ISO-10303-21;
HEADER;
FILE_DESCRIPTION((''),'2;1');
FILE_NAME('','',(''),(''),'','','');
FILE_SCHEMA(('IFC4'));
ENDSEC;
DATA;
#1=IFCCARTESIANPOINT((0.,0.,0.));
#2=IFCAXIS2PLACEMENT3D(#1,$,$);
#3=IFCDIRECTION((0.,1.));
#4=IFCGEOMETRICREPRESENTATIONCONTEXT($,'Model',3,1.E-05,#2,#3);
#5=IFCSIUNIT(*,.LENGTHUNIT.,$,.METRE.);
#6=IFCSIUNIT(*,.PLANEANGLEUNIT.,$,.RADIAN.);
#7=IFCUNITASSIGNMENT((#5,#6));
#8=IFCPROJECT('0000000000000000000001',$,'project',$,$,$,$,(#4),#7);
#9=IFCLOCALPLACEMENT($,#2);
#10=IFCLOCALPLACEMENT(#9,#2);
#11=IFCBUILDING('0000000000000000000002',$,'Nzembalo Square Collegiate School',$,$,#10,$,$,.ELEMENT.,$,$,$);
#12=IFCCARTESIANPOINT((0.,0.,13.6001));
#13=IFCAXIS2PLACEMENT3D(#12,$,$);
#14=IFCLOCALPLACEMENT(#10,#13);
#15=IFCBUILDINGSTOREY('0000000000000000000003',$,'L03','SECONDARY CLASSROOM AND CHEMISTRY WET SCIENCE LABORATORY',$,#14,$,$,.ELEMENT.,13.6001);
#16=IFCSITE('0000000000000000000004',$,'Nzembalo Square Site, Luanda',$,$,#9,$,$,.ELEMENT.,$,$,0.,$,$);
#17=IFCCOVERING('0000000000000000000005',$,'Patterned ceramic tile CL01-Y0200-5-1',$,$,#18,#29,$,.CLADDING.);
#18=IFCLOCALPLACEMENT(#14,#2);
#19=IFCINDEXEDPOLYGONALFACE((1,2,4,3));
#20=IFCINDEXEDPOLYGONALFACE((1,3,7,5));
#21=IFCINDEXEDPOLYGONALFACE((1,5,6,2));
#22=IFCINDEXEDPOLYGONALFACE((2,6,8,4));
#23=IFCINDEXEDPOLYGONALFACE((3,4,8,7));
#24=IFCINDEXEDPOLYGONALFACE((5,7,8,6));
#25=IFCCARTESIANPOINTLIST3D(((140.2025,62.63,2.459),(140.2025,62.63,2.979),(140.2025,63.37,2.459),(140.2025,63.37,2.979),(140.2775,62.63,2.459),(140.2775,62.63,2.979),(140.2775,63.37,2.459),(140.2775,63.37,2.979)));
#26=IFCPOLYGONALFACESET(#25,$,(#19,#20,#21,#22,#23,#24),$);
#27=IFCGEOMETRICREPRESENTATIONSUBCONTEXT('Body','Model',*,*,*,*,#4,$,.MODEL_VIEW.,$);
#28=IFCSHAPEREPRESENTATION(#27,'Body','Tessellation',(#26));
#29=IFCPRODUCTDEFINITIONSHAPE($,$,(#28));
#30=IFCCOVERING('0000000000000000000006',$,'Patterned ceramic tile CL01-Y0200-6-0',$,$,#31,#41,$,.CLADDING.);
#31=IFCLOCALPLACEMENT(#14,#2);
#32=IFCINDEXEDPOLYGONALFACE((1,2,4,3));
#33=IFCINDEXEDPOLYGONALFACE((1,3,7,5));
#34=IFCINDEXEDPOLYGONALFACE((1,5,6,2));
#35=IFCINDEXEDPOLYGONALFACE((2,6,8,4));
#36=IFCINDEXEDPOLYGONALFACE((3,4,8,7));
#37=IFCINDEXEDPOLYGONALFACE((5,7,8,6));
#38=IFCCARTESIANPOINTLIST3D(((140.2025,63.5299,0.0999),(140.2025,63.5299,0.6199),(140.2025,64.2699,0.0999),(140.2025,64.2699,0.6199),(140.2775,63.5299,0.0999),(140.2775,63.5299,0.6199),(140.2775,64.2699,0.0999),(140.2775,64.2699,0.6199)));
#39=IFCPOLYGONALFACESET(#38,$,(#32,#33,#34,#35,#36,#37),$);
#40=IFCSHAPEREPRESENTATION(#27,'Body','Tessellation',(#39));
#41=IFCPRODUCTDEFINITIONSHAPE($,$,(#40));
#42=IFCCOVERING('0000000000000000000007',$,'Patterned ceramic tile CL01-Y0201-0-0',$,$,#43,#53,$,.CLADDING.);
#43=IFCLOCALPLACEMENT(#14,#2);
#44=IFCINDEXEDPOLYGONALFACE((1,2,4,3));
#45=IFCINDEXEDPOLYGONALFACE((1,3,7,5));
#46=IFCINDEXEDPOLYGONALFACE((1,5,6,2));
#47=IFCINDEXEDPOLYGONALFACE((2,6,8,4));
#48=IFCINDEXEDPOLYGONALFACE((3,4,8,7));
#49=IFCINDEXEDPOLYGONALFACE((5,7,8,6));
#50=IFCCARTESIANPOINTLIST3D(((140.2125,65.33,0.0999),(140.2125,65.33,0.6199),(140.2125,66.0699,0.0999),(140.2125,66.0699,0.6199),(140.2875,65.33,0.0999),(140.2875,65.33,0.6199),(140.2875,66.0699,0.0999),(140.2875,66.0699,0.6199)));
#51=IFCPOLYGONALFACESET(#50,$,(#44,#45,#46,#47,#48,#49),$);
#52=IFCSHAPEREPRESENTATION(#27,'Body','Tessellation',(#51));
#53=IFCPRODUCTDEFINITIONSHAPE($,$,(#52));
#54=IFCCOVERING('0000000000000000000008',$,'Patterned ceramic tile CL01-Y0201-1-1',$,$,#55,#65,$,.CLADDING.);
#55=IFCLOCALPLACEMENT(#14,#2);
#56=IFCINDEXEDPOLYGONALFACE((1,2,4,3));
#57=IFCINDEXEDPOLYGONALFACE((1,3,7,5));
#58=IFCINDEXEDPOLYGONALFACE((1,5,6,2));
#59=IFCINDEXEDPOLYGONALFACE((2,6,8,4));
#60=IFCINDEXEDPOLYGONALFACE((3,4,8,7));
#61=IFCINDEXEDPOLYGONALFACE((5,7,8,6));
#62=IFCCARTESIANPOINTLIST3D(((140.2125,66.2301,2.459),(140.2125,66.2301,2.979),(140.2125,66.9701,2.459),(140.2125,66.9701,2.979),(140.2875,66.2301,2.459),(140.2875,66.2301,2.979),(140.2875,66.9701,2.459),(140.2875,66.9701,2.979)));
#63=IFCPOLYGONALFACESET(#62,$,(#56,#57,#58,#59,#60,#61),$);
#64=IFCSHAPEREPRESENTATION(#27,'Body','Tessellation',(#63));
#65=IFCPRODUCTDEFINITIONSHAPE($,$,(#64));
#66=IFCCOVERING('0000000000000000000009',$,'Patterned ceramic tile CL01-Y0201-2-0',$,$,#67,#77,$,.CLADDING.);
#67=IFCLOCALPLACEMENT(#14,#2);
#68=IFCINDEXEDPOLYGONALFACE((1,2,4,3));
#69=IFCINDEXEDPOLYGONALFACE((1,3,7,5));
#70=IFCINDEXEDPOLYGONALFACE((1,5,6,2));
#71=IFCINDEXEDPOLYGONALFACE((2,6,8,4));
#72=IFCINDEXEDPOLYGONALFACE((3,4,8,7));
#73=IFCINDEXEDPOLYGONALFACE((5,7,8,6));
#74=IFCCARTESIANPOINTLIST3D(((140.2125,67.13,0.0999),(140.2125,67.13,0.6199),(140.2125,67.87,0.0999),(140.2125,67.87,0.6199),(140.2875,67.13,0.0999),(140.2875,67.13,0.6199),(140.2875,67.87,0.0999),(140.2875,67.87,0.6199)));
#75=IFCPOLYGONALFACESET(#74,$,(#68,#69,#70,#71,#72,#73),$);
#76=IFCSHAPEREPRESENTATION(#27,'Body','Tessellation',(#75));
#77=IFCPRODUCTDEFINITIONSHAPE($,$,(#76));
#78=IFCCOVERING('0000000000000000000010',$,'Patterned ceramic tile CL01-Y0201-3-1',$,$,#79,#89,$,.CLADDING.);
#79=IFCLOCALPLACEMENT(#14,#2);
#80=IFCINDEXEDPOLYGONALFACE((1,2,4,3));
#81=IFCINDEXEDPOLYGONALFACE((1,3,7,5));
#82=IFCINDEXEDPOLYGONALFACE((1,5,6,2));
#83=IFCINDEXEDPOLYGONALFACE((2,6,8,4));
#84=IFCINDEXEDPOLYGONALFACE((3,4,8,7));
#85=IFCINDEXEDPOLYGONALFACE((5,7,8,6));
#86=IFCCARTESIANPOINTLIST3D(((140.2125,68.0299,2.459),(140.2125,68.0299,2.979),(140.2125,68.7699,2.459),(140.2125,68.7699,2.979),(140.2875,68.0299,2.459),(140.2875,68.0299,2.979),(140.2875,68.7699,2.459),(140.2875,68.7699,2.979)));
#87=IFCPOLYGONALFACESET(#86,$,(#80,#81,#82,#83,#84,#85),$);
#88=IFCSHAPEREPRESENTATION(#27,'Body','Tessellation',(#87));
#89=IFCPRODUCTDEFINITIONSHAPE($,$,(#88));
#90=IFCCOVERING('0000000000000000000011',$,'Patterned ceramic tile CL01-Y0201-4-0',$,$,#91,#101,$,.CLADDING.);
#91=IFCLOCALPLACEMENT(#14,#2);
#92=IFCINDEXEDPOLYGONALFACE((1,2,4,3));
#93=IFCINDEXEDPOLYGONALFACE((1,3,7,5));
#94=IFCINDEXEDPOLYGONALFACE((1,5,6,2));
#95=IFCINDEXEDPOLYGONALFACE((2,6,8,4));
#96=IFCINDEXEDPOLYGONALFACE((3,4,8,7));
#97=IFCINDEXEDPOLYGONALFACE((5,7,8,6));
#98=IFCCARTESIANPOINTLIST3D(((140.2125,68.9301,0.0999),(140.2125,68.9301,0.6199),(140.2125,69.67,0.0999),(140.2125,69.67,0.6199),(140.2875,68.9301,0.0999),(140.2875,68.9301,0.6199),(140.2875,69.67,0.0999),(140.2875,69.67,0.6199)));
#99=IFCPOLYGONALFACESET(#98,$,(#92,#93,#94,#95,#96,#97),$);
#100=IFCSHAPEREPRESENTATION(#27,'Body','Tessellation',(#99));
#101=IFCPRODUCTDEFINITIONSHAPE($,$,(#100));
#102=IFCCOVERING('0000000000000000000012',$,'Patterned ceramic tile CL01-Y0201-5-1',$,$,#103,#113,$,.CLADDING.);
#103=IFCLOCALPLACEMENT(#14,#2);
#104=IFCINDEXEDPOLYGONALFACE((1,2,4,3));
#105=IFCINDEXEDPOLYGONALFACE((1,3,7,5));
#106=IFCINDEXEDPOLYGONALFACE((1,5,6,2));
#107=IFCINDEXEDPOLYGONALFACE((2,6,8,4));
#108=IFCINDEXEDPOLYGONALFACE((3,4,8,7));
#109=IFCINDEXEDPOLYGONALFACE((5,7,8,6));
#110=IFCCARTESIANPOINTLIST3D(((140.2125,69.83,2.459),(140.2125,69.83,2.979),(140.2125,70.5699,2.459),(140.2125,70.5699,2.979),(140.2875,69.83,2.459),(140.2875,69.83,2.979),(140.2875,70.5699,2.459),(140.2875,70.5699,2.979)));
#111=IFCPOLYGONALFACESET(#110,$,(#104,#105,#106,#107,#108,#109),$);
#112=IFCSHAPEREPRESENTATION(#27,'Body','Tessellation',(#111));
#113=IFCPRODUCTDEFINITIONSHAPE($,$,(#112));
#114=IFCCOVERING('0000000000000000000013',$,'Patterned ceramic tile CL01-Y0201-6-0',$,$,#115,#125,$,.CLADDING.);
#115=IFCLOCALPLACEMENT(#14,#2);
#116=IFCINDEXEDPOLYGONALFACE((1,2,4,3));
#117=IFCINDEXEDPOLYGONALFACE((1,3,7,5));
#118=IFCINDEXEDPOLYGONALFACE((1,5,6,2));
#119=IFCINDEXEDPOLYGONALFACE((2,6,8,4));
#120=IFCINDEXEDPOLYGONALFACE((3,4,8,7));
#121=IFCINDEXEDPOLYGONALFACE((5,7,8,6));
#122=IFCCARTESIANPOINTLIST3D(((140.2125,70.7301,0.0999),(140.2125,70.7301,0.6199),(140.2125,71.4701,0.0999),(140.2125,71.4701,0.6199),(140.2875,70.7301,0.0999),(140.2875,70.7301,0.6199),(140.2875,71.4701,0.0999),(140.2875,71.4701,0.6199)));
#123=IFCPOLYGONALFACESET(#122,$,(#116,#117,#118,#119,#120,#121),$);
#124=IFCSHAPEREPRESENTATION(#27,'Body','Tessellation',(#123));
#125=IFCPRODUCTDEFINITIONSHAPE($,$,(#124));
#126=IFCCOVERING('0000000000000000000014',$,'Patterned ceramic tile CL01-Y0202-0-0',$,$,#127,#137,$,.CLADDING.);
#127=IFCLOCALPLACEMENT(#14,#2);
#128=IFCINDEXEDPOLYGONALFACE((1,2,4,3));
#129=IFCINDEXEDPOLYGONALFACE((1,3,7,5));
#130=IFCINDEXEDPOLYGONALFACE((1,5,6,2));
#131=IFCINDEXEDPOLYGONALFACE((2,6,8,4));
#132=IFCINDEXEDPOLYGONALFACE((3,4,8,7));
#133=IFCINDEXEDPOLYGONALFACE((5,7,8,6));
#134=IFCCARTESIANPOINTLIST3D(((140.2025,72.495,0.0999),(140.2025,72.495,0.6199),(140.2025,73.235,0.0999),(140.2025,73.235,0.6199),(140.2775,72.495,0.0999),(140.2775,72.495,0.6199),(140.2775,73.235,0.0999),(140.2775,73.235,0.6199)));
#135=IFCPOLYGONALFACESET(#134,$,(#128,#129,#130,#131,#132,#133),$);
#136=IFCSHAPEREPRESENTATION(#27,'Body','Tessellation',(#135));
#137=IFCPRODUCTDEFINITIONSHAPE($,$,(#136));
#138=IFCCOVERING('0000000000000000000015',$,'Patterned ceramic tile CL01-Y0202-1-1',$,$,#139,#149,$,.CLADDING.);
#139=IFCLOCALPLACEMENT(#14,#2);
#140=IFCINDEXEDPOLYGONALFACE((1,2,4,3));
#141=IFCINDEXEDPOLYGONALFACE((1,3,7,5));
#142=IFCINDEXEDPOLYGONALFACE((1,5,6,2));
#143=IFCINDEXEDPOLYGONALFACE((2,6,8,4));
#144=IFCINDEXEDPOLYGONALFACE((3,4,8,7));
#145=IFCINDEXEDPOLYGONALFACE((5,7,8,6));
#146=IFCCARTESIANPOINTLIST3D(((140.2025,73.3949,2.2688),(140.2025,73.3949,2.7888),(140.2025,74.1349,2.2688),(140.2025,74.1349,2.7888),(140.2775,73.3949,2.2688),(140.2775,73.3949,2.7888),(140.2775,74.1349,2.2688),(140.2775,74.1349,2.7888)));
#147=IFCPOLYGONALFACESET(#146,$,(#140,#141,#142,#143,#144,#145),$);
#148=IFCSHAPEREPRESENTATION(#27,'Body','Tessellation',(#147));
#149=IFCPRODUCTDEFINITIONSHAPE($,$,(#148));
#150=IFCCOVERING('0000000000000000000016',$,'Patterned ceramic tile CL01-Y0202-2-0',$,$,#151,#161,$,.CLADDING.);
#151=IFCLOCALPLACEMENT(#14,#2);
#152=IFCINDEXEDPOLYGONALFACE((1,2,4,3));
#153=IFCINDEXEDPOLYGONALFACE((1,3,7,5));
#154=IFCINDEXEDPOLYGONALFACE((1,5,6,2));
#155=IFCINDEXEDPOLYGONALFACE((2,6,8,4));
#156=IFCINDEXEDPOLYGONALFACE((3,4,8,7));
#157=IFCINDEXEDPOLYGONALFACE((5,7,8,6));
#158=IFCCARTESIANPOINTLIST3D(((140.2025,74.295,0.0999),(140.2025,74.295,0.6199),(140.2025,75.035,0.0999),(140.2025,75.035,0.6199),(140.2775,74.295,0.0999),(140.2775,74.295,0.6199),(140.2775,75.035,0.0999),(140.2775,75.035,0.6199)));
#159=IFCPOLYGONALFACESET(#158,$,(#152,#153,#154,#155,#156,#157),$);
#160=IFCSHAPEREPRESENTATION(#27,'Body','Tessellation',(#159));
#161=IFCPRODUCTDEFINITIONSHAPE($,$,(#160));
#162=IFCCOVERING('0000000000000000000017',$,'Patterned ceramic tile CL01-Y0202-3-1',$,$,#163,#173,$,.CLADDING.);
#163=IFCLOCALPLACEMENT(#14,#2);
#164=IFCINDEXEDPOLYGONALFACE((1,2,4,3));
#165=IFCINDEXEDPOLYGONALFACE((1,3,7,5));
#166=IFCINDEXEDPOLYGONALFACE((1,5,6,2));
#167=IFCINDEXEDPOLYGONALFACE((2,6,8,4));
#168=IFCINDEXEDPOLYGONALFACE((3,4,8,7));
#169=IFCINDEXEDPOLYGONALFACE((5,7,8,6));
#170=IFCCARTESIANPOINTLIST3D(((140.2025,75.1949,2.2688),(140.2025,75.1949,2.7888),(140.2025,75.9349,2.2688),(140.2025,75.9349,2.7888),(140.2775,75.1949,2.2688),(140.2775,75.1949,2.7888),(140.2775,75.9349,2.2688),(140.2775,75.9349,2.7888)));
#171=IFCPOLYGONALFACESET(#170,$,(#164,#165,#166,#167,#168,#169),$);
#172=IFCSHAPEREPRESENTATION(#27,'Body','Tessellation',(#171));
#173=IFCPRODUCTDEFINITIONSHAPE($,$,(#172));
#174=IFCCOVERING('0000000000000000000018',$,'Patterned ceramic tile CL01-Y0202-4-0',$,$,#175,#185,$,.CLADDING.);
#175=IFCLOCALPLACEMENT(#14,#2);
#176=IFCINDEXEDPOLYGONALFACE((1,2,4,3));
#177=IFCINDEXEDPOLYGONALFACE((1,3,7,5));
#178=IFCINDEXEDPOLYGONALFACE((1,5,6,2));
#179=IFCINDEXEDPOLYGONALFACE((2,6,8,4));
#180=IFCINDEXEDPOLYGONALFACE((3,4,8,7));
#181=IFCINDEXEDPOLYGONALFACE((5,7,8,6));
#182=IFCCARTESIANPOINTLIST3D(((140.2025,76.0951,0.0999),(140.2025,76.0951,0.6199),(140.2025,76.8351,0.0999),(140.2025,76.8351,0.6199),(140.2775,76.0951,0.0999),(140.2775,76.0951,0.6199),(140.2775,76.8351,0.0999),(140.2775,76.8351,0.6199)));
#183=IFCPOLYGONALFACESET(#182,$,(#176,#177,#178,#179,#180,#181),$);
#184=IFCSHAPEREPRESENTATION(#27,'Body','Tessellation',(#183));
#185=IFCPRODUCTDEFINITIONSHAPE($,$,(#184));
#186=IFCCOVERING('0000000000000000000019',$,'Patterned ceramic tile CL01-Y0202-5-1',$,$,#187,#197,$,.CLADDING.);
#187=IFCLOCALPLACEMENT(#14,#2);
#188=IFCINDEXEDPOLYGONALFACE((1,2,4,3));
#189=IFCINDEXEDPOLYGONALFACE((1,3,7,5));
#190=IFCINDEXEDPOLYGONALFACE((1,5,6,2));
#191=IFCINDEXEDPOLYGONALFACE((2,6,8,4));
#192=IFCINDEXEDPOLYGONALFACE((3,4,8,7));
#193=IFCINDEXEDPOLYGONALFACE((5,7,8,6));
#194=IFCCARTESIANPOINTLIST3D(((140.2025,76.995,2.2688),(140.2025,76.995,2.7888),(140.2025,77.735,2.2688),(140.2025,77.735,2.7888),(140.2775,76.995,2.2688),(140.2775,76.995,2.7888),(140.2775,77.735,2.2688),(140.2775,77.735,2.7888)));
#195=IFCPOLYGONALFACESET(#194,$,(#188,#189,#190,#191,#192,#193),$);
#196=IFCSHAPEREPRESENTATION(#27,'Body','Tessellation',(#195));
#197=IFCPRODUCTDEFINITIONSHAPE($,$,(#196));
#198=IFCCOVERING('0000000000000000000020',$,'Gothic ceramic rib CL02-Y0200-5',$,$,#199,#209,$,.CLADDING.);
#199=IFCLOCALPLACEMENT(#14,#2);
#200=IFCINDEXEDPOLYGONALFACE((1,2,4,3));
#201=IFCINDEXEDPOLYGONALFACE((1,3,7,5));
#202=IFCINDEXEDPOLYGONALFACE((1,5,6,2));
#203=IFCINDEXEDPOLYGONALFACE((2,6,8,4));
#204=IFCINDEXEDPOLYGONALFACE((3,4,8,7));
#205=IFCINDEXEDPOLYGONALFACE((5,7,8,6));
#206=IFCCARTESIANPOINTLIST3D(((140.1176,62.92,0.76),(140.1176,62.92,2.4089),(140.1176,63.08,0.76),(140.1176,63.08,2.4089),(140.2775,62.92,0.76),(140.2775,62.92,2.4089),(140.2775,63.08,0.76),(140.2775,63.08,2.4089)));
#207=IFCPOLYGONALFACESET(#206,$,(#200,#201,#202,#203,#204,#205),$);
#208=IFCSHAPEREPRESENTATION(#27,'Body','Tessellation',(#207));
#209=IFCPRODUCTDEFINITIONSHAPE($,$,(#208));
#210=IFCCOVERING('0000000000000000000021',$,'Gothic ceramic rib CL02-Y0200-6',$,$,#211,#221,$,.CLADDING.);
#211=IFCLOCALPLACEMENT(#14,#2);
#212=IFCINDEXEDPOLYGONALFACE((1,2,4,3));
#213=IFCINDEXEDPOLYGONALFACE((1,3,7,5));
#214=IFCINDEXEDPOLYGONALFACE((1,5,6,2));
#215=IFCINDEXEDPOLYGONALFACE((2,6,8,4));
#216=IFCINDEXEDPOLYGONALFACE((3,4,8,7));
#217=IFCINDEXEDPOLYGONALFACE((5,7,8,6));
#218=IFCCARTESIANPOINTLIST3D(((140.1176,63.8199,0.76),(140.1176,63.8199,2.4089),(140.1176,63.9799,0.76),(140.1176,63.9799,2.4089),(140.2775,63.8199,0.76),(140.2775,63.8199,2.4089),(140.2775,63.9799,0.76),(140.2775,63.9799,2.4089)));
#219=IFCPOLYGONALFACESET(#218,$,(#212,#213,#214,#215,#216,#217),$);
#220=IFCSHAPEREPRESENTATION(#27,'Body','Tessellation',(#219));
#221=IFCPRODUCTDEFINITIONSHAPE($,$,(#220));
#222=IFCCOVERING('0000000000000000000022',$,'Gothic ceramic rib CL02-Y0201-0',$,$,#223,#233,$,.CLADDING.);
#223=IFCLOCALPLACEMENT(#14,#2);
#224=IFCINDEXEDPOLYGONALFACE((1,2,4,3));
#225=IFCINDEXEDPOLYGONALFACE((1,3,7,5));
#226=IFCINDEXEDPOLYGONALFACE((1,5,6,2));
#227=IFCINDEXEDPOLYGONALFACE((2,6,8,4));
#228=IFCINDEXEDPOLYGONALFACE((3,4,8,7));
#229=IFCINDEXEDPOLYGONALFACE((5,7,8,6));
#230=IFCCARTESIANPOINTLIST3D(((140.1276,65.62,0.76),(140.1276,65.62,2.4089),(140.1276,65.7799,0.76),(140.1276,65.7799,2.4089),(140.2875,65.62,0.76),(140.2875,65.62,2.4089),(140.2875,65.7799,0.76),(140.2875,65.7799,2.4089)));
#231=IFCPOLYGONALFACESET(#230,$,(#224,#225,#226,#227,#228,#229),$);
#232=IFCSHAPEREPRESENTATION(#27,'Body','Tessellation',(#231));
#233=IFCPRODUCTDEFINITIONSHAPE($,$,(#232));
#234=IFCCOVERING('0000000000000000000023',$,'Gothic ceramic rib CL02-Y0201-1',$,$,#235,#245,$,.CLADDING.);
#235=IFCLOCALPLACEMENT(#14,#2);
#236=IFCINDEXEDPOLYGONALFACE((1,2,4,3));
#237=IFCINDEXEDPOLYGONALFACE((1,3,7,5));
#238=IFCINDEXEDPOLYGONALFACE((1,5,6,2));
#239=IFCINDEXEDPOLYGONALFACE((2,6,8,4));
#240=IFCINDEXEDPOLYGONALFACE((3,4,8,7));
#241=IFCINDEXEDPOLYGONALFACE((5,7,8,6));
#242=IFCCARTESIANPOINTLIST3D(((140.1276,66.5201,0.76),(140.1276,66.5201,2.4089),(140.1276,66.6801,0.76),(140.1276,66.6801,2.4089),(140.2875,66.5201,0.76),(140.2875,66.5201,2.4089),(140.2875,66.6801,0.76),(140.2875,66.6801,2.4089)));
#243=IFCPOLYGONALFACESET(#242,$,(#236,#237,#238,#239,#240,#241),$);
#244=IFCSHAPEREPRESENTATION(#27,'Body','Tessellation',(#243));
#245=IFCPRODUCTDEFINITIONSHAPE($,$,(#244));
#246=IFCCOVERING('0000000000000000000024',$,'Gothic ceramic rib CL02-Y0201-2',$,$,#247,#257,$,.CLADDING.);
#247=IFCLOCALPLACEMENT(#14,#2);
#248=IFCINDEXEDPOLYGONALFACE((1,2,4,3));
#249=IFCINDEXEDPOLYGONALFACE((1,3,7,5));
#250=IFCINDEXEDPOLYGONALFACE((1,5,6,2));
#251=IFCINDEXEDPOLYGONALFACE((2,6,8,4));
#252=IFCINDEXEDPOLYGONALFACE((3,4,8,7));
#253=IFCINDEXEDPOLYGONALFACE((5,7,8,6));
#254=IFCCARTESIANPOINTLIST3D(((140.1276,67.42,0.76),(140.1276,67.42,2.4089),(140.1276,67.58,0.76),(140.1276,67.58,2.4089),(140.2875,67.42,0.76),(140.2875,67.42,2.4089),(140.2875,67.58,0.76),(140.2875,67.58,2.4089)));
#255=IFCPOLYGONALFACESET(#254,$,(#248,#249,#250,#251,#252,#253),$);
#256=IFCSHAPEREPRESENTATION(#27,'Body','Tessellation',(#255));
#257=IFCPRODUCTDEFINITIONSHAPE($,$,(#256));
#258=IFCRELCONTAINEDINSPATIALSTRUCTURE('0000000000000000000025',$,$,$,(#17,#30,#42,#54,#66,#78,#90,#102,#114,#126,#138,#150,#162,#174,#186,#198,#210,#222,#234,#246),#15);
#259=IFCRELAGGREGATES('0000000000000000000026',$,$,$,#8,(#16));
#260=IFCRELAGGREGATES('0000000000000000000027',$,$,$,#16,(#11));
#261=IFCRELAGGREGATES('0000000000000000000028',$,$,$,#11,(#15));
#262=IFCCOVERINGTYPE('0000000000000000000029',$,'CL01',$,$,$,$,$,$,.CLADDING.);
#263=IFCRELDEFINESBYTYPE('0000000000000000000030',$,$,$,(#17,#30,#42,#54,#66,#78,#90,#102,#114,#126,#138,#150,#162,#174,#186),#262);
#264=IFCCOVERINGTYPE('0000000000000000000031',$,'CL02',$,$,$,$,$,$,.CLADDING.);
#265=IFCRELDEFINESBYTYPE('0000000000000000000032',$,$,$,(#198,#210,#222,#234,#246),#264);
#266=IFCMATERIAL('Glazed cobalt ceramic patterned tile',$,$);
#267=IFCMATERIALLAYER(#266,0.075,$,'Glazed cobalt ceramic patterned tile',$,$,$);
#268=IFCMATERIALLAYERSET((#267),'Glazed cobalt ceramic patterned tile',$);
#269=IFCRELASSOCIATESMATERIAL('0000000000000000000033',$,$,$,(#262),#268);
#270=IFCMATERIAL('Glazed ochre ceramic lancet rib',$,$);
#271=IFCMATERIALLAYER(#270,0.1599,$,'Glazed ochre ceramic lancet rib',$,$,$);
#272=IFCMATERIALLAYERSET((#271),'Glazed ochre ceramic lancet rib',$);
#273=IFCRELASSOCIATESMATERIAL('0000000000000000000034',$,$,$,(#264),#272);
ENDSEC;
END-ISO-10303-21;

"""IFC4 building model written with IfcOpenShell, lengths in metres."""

from ifc_helpers import new_model, si_unit, direction, frame, origin, origin_2d, place, context, subcontext, project, spatial, rectangle, extrude, material, layer, layer_set, type_object, element, save


model = new_model("IFC4")

# Units and contexts
model_context = context("Model", 3, precision=1e-05, world=origin(), true_north=direction((0.0, 1.0)))
body_context = subcontext(model_context, "Body", "Model", "MODEL_VIEW")
ifc_project = project(units=[si_unit("LENGTHUNIT", "METRE"), si_unit("PLANEANGLEUNIT", "RADIAN")], contexts=[model_context])

# Site, building, storey
site_placement = place(None, origin())
site = spatial("IfcSite", under=ifc_project, at=site_placement, Name="Nzembalo Square Site, Luanda", CompositionType="ELEMENT", RefElevation=0.0)
building_placement = place(site_placement, origin())
building = spatial("IfcBuilding", under=site, at=building_placement, Name="Nzembalo Square Collegiate School", CompositionType="ELEMENT")
storey_placement = place(building_placement, frame((0.0, 0.0, 13.6001)))
storey = spatial("IfcBuildingStorey", under=building, at=storey_placement, Name="L03", Description="SECONDARY CLASSROOM AND CHEMISTRY WET SCIENCE LABORATORY", CompositionType="ELEMENT", Elevation=13.6001)

# Coverings
ifc_material_1 = material(Name="Glazed cobalt ceramic patterned tile")
ifc_layer_1 = layer(ifc_material_1, 0.075, Name="Glazed cobalt ceramic patterned tile")
ifc_layer_set_1 = layer_set([ifc_layer_1], Name="Glazed cobalt ceramic patterned tile")
covering_type_1 = type_object("IfcCoveringType", Name="CL01", PredefinedType="CLADDING", material=ifc_layer_set_1)
for number, where, z_axis, x_axis, name in (
    (1, (140.24, 63.0, 2.459), (0.0, 0.0, 1.0), (1.0, 0.0, 0.0), "Patterned ceramic tile CL01-Y0200-5-1"),
    (2, (140.24, 63.8999, 0.0999), (0.0, 0.0, 1.0), (1.0, 0.0, 0.0), "Patterned ceramic tile CL01-Y0200-6-0"),
    (3, (140.25, 65.7, 0.0999), (0.0, 0.0, 1.0), (1.0, 0.0, 0.0), "Patterned ceramic tile CL01-Y0201-0-0"),
    (4, (140.25, 66.6001, 2.459), (0.0, 0.0, 1.0), (1.0, 0.0, 0.0), "Patterned ceramic tile CL01-Y0201-1-1"),
    (5, (140.25, 67.5, 0.0999), (0.0, 0.0, 1.0), (1.0, 0.0, 0.0), "Patterned ceramic tile CL01-Y0201-2-0"),
    (6, (140.25, 68.3999, 2.459), (0.0, 0.0, 1.0), (1.0, 0.0, 0.0), "Patterned ceramic tile CL01-Y0201-3-1"),
    (7, (140.25, 69.3, 0.0999), (0.0, 0.0, 1.0), (1.0, 0.0, 0.0), "Patterned ceramic tile CL01-Y0201-4-0"),
    (8, (140.25, 70.2, 2.459), (0.0, 0.0, 1.0), (1.0, 0.0, 0.0), "Patterned ceramic tile CL01-Y0201-5-1"),
    (9, (140.25, 71.1001, 0.0999), (0.0, 0.0, 1.0), (1.0, 0.0, 0.0), "Patterned ceramic tile CL01-Y0201-6-0"),
    (10, (140.24, 72.865, 0.0999), (0.0, 0.0, 1.0), (1.0, 0.0, 0.0), "Patterned ceramic tile CL01-Y0202-0-0"),
    (11, (140.24, 73.7649, 2.2688), (0.0, 0.0, 1.0), (1.0, 0.0, 0.0), "Patterned ceramic tile CL01-Y0202-1-1"),
    (12, (140.24, 74.665, 0.0999), (0.0, 0.0, 1.0), (1.0, 0.0, 0.0), "Patterned ceramic tile CL01-Y0202-2-0"),
    (13, (140.24, 75.5649, 2.2688), (0.0, 0.0, 1.0), (1.0, 0.0, 0.0), "Patterned ceramic tile CL01-Y0202-3-1"),
    (14, (140.24, 76.4651, 0.0999), (0.0, 0.0, 1.0), (1.0, 0.0, 0.0), "Patterned ceramic tile CL01-Y0202-4-0"),
    (15, (140.24, 77.365, 2.2688), (0.0, 0.0, 1.0), (1.0, 0.0, 0.0), "Patterned ceramic tile CL01-Y0202-5-1"),
):
    element("IfcCovering", number, at=place(storey_placement, frame(where, z_axis=z_axis, x_axis=x_axis)), inside=storey, type_object=covering_type_1, Name=name, PredefinedType="CLADDING", context=body_context, shape_type="SweptSolid", body=[
        extrude(rectangle(XDim=0.075, YDim=0.74, at=origin_2d()), origin(), (0.0, 0.0, 1.0), 0.52),
    ])
ifc_material_2 = material(Name="Glazed ochre ceramic lancet rib")
ifc_layer_2 = layer(ifc_material_2, 0.1599, Name="Glazed ochre ceramic lancet rib")
ifc_layer_set_2 = layer_set([ifc_layer_2], Name="Glazed ochre ceramic lancet rib")
covering_type_2 = type_object("IfcCoveringType", Name="CL02", PredefinedType="CLADDING", material=ifc_layer_set_2)
for number, where, z_axis, x_axis, name in (
    (16, (140.1975, 63.0, 0.76), (0.0, 0.0, 1.0), (1.0, 0.0, 0.0), "Gothic ceramic rib CL02-Y0200-5"),
    (17, (140.1975, 63.8999, 0.76), (0.0, 0.0, 1.0), (1.0, 0.0, 0.0), "Gothic ceramic rib CL02-Y0200-6"),
    (18, (140.2075, 65.7, 0.76), (0.0, 0.0, 1.0), (1.0, 0.0, 0.0), "Gothic ceramic rib CL02-Y0201-0"),
    (19, (140.2075, 66.6001, 0.76), (0.0, 0.0, 1.0), (1.0, 0.0, 0.0), "Gothic ceramic rib CL02-Y0201-1"),
    (20, (140.2075, 67.5, 0.76), (0.0, 0.0, 1.0), (1.0, 0.0, 0.0), "Gothic ceramic rib CL02-Y0201-2"),
):
    element("IfcCovering", number, at=place(storey_placement, frame(where, z_axis=z_axis, x_axis=x_axis)), inside=storey, type_object=covering_type_2, Name=name, PredefinedType="CLADDING", context=body_context, shape_type="SweptSolid", body=[
        extrude(rectangle(XDim=0.1599, YDim=0.1599, at=origin_2d()), origin(), (0.0, 0.0, 1.0), 1.6489),
    ])

save(model, "model.ifc")
